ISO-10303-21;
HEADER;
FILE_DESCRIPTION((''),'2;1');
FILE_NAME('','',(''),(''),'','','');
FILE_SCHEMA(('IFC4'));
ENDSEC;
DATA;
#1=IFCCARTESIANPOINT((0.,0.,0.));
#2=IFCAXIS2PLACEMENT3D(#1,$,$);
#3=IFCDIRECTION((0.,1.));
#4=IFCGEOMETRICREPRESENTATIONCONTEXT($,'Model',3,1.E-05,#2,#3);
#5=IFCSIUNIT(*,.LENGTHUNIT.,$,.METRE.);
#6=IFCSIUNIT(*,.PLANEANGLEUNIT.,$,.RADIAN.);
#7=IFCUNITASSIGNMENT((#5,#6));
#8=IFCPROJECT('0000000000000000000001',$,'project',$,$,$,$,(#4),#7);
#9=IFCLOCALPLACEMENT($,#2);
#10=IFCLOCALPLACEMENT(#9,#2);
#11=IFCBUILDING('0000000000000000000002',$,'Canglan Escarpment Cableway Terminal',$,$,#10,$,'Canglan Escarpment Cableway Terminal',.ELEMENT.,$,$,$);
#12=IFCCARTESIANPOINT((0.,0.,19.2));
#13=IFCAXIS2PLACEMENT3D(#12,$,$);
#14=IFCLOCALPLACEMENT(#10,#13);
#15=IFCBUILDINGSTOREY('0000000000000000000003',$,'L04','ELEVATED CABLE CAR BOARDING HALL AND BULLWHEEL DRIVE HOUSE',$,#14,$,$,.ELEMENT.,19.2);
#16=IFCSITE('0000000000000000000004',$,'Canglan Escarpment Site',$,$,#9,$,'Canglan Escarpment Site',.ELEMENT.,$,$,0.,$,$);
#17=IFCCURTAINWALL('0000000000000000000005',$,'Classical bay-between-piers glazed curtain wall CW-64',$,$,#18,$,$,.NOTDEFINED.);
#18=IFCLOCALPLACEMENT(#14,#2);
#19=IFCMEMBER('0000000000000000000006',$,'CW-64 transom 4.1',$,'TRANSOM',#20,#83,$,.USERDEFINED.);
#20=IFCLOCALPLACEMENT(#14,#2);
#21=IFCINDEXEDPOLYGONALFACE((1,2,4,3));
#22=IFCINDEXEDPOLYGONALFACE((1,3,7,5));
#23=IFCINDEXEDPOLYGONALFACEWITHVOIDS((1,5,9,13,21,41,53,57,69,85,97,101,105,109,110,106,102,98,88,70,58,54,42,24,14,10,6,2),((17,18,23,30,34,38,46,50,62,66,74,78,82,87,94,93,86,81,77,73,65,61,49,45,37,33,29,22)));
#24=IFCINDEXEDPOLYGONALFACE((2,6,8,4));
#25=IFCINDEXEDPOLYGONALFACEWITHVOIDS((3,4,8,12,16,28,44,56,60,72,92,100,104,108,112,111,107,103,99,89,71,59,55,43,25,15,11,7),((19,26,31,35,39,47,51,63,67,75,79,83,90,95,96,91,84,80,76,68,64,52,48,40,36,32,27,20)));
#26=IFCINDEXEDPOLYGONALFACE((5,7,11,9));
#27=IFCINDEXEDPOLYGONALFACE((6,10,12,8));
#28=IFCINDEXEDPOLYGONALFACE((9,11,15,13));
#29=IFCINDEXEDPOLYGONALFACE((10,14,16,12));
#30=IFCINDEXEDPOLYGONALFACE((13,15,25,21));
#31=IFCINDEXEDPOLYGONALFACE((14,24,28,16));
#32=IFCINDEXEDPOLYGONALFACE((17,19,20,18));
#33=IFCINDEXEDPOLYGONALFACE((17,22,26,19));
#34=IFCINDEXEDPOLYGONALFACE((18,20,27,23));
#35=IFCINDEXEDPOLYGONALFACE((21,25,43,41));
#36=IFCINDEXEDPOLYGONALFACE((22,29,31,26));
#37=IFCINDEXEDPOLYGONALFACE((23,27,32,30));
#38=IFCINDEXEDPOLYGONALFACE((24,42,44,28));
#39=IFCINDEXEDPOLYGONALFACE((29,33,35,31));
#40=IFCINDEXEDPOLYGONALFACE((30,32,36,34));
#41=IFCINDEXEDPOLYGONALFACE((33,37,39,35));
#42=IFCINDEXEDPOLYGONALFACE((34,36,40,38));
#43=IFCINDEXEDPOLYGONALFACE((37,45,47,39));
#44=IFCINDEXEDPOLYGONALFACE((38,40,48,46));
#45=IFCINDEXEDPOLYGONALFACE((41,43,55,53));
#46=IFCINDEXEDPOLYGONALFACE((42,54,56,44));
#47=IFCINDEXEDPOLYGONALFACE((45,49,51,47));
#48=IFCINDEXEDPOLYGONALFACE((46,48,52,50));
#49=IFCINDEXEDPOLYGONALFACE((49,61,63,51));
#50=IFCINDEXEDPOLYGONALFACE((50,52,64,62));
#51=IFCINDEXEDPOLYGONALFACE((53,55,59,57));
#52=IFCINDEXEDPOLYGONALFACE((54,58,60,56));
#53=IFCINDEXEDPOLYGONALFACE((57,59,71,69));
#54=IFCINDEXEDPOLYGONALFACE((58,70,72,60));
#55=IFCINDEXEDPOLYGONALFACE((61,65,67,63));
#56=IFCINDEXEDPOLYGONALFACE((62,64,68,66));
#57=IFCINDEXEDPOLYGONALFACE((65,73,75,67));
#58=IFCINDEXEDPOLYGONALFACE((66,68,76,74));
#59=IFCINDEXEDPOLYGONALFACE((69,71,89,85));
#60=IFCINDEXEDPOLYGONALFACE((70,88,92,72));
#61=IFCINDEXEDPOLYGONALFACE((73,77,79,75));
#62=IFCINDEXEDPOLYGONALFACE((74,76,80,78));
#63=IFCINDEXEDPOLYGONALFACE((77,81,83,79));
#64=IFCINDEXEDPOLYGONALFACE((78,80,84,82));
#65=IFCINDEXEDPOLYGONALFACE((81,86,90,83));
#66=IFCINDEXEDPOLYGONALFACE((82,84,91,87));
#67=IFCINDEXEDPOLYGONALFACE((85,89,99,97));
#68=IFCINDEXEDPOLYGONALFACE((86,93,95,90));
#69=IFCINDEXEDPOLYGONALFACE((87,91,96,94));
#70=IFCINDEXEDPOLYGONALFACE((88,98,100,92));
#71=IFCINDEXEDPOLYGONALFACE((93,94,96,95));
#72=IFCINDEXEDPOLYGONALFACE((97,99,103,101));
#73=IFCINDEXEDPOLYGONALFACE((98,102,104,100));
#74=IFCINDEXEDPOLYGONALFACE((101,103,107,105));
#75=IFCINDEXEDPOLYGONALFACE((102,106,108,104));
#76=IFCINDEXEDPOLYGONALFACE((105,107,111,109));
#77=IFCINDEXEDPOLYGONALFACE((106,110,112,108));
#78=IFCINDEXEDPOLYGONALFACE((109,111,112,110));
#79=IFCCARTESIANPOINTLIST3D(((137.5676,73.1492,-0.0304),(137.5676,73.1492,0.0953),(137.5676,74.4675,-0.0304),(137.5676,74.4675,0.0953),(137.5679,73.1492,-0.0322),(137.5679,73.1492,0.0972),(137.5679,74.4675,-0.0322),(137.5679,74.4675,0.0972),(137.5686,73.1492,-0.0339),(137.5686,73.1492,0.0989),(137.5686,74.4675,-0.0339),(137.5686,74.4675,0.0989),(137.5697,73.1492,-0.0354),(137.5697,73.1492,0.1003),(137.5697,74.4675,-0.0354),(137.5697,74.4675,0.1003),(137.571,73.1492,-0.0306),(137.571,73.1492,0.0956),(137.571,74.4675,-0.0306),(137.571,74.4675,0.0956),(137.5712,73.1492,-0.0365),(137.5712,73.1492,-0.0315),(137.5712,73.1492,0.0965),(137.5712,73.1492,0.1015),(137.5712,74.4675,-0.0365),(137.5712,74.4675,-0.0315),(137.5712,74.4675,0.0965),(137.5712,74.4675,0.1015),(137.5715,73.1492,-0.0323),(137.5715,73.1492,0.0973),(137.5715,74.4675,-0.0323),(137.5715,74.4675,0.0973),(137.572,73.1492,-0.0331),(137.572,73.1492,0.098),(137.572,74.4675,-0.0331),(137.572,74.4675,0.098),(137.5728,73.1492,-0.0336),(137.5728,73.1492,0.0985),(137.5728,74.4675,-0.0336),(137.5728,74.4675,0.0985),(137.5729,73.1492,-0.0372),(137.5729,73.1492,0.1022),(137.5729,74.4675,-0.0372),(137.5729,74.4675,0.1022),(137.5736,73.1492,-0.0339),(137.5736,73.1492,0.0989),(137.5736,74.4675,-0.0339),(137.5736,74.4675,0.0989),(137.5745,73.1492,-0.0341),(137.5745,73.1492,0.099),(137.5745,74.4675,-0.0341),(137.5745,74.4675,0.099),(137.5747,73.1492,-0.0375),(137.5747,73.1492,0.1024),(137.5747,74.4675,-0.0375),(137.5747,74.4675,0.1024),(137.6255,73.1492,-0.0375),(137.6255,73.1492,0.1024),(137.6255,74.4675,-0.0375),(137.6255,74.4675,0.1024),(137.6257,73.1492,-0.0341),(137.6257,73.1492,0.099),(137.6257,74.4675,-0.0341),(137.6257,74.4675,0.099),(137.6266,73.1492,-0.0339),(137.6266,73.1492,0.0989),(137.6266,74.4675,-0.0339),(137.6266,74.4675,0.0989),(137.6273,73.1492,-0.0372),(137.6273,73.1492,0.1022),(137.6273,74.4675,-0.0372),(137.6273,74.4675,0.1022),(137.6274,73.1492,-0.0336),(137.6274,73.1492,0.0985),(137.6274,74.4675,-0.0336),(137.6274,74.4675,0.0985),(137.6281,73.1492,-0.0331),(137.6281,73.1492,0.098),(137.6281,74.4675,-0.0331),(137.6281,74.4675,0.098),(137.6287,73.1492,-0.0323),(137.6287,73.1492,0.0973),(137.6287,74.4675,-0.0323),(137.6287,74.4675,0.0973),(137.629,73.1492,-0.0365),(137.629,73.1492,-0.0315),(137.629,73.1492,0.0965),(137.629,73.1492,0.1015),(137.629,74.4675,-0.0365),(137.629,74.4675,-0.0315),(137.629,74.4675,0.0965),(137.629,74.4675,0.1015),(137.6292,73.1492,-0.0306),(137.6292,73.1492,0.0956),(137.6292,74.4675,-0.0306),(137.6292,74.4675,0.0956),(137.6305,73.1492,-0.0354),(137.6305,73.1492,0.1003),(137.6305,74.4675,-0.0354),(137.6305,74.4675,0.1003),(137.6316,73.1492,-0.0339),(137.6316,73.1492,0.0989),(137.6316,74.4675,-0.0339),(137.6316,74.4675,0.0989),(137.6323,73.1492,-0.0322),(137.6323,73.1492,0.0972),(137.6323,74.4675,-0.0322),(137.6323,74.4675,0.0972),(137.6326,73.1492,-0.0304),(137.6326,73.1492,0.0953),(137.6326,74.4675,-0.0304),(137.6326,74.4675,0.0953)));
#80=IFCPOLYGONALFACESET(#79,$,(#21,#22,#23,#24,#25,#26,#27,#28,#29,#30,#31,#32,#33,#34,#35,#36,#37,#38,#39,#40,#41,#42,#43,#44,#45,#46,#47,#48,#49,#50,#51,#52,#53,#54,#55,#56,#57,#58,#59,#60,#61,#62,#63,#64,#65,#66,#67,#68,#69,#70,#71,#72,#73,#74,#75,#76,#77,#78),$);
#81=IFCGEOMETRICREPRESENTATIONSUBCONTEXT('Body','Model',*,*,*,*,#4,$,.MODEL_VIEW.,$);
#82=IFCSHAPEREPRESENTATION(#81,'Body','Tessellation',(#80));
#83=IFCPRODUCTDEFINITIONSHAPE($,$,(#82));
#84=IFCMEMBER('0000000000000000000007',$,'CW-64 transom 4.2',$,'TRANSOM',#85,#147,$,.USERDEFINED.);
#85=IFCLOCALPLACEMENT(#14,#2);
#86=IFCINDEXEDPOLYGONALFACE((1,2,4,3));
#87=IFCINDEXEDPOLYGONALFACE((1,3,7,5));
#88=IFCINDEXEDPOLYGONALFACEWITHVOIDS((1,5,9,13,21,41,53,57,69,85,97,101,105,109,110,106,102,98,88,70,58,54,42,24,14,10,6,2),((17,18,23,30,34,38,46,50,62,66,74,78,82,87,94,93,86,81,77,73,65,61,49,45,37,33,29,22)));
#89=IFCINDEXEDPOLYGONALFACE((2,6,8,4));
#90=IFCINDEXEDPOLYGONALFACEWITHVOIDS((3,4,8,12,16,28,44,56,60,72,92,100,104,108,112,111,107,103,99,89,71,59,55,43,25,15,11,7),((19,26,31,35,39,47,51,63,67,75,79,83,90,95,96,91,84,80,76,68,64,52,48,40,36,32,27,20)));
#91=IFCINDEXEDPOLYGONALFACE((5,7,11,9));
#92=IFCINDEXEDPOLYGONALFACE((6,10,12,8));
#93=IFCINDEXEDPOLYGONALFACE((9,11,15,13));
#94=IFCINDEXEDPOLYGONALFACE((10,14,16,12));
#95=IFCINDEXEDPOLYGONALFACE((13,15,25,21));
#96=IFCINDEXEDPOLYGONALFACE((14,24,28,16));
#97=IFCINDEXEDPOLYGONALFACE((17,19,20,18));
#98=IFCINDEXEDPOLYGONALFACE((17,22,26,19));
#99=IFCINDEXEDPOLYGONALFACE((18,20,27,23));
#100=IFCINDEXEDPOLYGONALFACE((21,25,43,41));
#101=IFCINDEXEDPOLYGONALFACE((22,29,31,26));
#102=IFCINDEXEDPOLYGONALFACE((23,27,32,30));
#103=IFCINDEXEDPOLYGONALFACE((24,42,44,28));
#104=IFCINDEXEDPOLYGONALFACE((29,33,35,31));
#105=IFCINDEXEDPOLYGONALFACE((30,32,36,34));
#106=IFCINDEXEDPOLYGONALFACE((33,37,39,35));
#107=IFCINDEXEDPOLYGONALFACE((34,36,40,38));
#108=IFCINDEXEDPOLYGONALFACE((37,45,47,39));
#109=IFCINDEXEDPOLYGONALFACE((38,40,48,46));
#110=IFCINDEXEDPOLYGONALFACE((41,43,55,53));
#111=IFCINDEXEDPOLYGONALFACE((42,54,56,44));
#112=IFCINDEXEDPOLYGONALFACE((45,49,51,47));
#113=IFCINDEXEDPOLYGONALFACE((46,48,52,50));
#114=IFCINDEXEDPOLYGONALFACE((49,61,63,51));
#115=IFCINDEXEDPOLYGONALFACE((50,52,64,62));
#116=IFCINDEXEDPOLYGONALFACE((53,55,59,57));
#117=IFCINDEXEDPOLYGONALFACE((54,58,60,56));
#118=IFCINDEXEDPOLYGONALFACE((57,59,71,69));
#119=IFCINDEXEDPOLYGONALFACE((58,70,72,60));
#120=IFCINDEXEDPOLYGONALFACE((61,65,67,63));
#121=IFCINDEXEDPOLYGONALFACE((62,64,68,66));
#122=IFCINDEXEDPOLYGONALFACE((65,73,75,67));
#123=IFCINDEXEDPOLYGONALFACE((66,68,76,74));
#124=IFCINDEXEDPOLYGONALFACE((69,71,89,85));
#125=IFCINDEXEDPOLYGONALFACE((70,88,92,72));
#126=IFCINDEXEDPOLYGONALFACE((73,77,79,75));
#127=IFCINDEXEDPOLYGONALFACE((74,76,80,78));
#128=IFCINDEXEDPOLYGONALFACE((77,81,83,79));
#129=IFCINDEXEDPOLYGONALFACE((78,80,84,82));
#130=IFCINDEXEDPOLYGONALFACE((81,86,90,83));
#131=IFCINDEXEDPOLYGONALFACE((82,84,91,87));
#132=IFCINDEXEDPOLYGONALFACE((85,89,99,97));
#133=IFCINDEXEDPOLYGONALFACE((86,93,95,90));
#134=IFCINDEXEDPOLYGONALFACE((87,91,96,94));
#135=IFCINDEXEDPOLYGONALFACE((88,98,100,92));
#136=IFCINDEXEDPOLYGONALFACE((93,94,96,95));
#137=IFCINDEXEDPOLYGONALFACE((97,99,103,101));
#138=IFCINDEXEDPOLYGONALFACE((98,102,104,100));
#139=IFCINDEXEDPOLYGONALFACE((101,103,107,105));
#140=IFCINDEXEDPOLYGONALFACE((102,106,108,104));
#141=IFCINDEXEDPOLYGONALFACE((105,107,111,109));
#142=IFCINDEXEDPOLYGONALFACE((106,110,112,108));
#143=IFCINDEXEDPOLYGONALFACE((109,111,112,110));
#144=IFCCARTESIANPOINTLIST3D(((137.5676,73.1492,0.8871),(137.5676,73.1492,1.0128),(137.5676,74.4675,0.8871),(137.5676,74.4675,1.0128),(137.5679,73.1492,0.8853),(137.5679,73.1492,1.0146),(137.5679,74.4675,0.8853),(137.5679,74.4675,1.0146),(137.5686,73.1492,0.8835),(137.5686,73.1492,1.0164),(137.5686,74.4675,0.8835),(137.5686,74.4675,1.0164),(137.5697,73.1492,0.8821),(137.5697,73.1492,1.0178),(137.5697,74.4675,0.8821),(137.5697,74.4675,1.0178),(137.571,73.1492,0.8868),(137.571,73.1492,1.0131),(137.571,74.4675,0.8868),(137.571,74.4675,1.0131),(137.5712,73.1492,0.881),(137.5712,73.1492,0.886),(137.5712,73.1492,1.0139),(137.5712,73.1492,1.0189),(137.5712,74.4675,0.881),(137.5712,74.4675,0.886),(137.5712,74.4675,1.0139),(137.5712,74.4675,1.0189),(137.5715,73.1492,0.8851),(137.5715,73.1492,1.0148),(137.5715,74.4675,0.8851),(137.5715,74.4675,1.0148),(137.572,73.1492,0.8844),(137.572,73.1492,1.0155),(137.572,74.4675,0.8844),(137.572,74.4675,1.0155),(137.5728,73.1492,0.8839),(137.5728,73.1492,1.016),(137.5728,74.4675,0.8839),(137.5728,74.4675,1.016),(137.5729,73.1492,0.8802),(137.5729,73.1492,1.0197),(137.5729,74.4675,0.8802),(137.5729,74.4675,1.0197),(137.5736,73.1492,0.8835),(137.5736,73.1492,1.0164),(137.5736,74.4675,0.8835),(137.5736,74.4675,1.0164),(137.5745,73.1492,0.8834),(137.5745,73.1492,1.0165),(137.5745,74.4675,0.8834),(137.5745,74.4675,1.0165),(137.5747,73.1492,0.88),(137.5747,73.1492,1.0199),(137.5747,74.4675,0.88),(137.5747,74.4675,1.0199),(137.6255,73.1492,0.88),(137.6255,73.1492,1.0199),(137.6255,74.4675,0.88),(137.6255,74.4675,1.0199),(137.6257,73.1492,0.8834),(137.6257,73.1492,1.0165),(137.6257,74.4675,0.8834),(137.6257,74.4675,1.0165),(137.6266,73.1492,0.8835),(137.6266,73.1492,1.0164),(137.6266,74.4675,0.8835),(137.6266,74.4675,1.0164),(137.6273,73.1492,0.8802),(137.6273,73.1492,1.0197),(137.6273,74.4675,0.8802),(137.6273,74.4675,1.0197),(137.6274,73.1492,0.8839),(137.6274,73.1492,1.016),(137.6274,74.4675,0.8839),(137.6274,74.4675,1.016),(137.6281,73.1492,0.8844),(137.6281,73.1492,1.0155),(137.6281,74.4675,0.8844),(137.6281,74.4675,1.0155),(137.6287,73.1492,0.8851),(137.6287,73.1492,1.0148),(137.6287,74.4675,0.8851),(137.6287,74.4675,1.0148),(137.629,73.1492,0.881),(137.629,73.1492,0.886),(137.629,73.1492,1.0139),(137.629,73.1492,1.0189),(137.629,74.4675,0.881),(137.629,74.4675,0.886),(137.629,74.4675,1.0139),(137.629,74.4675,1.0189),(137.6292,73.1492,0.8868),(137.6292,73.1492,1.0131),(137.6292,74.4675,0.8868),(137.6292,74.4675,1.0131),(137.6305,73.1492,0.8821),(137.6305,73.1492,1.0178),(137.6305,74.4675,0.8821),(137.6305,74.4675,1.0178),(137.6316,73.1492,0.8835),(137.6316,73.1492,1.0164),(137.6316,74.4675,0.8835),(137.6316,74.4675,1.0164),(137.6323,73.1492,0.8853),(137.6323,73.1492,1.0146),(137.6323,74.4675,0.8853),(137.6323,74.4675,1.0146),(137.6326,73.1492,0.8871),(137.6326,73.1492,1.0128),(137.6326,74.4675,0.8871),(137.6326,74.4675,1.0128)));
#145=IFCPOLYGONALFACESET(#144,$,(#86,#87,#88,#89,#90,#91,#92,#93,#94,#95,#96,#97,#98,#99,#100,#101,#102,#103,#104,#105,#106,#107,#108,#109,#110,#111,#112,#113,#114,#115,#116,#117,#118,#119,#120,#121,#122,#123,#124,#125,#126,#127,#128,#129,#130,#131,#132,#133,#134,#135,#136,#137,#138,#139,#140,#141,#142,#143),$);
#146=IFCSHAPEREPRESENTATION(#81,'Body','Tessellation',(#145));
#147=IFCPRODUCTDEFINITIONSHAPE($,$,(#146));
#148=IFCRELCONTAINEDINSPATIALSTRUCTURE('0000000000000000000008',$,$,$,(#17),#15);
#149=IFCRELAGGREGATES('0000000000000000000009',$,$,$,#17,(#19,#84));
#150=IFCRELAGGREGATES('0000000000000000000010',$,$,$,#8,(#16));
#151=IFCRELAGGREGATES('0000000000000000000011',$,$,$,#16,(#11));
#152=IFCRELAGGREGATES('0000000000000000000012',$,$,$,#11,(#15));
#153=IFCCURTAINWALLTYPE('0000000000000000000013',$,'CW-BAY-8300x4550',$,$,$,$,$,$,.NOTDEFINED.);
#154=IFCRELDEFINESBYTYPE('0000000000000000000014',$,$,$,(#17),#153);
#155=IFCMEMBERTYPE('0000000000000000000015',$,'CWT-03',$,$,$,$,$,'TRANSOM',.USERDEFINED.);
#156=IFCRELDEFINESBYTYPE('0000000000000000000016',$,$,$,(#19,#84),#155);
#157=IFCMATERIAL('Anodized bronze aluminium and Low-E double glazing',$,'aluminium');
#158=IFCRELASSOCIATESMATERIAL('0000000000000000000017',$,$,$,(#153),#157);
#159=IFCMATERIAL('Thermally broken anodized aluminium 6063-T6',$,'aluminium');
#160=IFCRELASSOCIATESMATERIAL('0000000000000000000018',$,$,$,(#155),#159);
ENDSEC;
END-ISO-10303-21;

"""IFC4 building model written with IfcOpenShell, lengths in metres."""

from ifc_helpers import new_model, si_unit, direction, frame, origin, origin_2d, place, context, subcontext, project, spatial, hollow_rectangle, extrude, material, material_profile, profile_set, type_object, element, aggregate, save


model = new_model("IFC4")

# Units and contexts
model_context = context("Model", 3, precision=1e-05, world=origin(), true_north=direction((0.0, 1.0)))
body_context = subcontext(model_context, "Body", "Model", "MODEL_VIEW")
ifc_project = project(units=[si_unit("LENGTHUNIT", "METRE"), si_unit("PLANEANGLEUNIT", "RADIAN")], contexts=[model_context])

# Site, building, storey
site_placement = place(None, origin())
site = spatial("IfcSite", under=ifc_project, at=site_placement, Name="Canglan Escarpment Site", LongName="Canglan Escarpment Site", CompositionType="ELEMENT", RefElevation=0.0)
building_placement = place(site_placement, origin())
building = spatial("IfcBuilding", under=site, at=building_placement, Name="Canglan Escarpment Cableway Terminal", LongName="Canglan Escarpment Cableway Terminal", CompositionType="ELEMENT")
storey_placement = place(building_placement, frame((0.0, 0.0, 19.2)))
storey = spatial("IfcBuildingStorey", under=building, at=storey_placement, Name="L04", Description="ELEVATED CABLE CAR BOARDING HALL AND BULLWHEEL DRIVE HOUSE", CompositionType="ELEMENT", Elevation=19.2)

# Curtain wall, members
ifc_material_1 = material(Name="Anodized bronze aluminium and Low-E double glazing", Category="aluminium")
curtain_wall_type = type_object("IfcCurtainWallType", Name="CW-BAY-8300x4550", PredefinedType="NOTDEFINED", material=ifc_material_1)
curtain_wall_placement = place(storey_placement, origin())
curtain_wall = element("IfcCurtainWall", 1, at=curtain_wall_placement, inside=storey, type_object=curtain_wall_type, Name="Classical bay-between-piers glazed curtain wall CW-64", PredefinedType="NOTDEFINED")
ifc_material_2 = material(Name="Thermally broken anodized aluminium 6063-T6", Category="aluminium")
ifc_material_profile_1 = material_profile(ifc_material_2, hollow_rectangle(XDim=0.0649, YDim=0.1399, WallThickness=0.0034, InnerFilletRadius=0.0034, OuterFilletRadius=0.0071, at=origin_2d()), Name="ALU-TRAN 65x140x3.5")
ifc_profile_set_1 = profile_set([ifc_material_profile_1], Name="Thermally broken anodized aluminium 6063-T6")
member_type_1 = type_object("IfcMemberType", Name="CWT-03", ElementType="TRANSOM", PredefinedType="USERDEFINED", material=ifc_profile_set_1)
member_1_placement = place(storey_placement, frame((137.6001, 74.4675, 0.0325), z_axis=(0.0, -1.0, 0.0), x_axis=(1.0, 0.0, 0.0)))
member_1 = element("IfcMember", 2, at=member_1_placement, type_object=member_type_1, Name="CW-64 transom 4.1", ObjectType="TRANSOM", PredefinedType="USERDEFINED", context=body_context, shape_type="SweptSolid", body=[
    extrude(hollow_rectangle(XDim=0.0649, YDim=0.1399, WallThickness=0.0034, InnerFilletRadius=0.0034, OuterFilletRadius=0.0071, at=origin_2d()), origin(), (0.0, 0.0, 1.0), 1.3184),
])
member_2_placement = place(storey_placement, frame((137.6001, 74.4675, 0.95), z_axis=(0.0, -1.0, 0.0), x_axis=(1.0, 0.0, 0.0)))
member_2 = element("IfcMember", 3, at=member_2_placement, type_object=member_type_1, Name="CW-64 transom 4.2", ObjectType="TRANSOM", PredefinedType="USERDEFINED", context=body_context, shape_type="SweptSolid", body=[
    extrude(hollow_rectangle(XDim=0.0649, YDim=0.1399, WallThickness=0.0034, InnerFilletRadius=0.0034, OuterFilletRadius=0.0071, at=origin_2d()), origin(), (0.0, 0.0, 1.0), 1.3184),
])
aggregate(curtain_wall, [member_1, member_2])

save(model, "model.ifc")
